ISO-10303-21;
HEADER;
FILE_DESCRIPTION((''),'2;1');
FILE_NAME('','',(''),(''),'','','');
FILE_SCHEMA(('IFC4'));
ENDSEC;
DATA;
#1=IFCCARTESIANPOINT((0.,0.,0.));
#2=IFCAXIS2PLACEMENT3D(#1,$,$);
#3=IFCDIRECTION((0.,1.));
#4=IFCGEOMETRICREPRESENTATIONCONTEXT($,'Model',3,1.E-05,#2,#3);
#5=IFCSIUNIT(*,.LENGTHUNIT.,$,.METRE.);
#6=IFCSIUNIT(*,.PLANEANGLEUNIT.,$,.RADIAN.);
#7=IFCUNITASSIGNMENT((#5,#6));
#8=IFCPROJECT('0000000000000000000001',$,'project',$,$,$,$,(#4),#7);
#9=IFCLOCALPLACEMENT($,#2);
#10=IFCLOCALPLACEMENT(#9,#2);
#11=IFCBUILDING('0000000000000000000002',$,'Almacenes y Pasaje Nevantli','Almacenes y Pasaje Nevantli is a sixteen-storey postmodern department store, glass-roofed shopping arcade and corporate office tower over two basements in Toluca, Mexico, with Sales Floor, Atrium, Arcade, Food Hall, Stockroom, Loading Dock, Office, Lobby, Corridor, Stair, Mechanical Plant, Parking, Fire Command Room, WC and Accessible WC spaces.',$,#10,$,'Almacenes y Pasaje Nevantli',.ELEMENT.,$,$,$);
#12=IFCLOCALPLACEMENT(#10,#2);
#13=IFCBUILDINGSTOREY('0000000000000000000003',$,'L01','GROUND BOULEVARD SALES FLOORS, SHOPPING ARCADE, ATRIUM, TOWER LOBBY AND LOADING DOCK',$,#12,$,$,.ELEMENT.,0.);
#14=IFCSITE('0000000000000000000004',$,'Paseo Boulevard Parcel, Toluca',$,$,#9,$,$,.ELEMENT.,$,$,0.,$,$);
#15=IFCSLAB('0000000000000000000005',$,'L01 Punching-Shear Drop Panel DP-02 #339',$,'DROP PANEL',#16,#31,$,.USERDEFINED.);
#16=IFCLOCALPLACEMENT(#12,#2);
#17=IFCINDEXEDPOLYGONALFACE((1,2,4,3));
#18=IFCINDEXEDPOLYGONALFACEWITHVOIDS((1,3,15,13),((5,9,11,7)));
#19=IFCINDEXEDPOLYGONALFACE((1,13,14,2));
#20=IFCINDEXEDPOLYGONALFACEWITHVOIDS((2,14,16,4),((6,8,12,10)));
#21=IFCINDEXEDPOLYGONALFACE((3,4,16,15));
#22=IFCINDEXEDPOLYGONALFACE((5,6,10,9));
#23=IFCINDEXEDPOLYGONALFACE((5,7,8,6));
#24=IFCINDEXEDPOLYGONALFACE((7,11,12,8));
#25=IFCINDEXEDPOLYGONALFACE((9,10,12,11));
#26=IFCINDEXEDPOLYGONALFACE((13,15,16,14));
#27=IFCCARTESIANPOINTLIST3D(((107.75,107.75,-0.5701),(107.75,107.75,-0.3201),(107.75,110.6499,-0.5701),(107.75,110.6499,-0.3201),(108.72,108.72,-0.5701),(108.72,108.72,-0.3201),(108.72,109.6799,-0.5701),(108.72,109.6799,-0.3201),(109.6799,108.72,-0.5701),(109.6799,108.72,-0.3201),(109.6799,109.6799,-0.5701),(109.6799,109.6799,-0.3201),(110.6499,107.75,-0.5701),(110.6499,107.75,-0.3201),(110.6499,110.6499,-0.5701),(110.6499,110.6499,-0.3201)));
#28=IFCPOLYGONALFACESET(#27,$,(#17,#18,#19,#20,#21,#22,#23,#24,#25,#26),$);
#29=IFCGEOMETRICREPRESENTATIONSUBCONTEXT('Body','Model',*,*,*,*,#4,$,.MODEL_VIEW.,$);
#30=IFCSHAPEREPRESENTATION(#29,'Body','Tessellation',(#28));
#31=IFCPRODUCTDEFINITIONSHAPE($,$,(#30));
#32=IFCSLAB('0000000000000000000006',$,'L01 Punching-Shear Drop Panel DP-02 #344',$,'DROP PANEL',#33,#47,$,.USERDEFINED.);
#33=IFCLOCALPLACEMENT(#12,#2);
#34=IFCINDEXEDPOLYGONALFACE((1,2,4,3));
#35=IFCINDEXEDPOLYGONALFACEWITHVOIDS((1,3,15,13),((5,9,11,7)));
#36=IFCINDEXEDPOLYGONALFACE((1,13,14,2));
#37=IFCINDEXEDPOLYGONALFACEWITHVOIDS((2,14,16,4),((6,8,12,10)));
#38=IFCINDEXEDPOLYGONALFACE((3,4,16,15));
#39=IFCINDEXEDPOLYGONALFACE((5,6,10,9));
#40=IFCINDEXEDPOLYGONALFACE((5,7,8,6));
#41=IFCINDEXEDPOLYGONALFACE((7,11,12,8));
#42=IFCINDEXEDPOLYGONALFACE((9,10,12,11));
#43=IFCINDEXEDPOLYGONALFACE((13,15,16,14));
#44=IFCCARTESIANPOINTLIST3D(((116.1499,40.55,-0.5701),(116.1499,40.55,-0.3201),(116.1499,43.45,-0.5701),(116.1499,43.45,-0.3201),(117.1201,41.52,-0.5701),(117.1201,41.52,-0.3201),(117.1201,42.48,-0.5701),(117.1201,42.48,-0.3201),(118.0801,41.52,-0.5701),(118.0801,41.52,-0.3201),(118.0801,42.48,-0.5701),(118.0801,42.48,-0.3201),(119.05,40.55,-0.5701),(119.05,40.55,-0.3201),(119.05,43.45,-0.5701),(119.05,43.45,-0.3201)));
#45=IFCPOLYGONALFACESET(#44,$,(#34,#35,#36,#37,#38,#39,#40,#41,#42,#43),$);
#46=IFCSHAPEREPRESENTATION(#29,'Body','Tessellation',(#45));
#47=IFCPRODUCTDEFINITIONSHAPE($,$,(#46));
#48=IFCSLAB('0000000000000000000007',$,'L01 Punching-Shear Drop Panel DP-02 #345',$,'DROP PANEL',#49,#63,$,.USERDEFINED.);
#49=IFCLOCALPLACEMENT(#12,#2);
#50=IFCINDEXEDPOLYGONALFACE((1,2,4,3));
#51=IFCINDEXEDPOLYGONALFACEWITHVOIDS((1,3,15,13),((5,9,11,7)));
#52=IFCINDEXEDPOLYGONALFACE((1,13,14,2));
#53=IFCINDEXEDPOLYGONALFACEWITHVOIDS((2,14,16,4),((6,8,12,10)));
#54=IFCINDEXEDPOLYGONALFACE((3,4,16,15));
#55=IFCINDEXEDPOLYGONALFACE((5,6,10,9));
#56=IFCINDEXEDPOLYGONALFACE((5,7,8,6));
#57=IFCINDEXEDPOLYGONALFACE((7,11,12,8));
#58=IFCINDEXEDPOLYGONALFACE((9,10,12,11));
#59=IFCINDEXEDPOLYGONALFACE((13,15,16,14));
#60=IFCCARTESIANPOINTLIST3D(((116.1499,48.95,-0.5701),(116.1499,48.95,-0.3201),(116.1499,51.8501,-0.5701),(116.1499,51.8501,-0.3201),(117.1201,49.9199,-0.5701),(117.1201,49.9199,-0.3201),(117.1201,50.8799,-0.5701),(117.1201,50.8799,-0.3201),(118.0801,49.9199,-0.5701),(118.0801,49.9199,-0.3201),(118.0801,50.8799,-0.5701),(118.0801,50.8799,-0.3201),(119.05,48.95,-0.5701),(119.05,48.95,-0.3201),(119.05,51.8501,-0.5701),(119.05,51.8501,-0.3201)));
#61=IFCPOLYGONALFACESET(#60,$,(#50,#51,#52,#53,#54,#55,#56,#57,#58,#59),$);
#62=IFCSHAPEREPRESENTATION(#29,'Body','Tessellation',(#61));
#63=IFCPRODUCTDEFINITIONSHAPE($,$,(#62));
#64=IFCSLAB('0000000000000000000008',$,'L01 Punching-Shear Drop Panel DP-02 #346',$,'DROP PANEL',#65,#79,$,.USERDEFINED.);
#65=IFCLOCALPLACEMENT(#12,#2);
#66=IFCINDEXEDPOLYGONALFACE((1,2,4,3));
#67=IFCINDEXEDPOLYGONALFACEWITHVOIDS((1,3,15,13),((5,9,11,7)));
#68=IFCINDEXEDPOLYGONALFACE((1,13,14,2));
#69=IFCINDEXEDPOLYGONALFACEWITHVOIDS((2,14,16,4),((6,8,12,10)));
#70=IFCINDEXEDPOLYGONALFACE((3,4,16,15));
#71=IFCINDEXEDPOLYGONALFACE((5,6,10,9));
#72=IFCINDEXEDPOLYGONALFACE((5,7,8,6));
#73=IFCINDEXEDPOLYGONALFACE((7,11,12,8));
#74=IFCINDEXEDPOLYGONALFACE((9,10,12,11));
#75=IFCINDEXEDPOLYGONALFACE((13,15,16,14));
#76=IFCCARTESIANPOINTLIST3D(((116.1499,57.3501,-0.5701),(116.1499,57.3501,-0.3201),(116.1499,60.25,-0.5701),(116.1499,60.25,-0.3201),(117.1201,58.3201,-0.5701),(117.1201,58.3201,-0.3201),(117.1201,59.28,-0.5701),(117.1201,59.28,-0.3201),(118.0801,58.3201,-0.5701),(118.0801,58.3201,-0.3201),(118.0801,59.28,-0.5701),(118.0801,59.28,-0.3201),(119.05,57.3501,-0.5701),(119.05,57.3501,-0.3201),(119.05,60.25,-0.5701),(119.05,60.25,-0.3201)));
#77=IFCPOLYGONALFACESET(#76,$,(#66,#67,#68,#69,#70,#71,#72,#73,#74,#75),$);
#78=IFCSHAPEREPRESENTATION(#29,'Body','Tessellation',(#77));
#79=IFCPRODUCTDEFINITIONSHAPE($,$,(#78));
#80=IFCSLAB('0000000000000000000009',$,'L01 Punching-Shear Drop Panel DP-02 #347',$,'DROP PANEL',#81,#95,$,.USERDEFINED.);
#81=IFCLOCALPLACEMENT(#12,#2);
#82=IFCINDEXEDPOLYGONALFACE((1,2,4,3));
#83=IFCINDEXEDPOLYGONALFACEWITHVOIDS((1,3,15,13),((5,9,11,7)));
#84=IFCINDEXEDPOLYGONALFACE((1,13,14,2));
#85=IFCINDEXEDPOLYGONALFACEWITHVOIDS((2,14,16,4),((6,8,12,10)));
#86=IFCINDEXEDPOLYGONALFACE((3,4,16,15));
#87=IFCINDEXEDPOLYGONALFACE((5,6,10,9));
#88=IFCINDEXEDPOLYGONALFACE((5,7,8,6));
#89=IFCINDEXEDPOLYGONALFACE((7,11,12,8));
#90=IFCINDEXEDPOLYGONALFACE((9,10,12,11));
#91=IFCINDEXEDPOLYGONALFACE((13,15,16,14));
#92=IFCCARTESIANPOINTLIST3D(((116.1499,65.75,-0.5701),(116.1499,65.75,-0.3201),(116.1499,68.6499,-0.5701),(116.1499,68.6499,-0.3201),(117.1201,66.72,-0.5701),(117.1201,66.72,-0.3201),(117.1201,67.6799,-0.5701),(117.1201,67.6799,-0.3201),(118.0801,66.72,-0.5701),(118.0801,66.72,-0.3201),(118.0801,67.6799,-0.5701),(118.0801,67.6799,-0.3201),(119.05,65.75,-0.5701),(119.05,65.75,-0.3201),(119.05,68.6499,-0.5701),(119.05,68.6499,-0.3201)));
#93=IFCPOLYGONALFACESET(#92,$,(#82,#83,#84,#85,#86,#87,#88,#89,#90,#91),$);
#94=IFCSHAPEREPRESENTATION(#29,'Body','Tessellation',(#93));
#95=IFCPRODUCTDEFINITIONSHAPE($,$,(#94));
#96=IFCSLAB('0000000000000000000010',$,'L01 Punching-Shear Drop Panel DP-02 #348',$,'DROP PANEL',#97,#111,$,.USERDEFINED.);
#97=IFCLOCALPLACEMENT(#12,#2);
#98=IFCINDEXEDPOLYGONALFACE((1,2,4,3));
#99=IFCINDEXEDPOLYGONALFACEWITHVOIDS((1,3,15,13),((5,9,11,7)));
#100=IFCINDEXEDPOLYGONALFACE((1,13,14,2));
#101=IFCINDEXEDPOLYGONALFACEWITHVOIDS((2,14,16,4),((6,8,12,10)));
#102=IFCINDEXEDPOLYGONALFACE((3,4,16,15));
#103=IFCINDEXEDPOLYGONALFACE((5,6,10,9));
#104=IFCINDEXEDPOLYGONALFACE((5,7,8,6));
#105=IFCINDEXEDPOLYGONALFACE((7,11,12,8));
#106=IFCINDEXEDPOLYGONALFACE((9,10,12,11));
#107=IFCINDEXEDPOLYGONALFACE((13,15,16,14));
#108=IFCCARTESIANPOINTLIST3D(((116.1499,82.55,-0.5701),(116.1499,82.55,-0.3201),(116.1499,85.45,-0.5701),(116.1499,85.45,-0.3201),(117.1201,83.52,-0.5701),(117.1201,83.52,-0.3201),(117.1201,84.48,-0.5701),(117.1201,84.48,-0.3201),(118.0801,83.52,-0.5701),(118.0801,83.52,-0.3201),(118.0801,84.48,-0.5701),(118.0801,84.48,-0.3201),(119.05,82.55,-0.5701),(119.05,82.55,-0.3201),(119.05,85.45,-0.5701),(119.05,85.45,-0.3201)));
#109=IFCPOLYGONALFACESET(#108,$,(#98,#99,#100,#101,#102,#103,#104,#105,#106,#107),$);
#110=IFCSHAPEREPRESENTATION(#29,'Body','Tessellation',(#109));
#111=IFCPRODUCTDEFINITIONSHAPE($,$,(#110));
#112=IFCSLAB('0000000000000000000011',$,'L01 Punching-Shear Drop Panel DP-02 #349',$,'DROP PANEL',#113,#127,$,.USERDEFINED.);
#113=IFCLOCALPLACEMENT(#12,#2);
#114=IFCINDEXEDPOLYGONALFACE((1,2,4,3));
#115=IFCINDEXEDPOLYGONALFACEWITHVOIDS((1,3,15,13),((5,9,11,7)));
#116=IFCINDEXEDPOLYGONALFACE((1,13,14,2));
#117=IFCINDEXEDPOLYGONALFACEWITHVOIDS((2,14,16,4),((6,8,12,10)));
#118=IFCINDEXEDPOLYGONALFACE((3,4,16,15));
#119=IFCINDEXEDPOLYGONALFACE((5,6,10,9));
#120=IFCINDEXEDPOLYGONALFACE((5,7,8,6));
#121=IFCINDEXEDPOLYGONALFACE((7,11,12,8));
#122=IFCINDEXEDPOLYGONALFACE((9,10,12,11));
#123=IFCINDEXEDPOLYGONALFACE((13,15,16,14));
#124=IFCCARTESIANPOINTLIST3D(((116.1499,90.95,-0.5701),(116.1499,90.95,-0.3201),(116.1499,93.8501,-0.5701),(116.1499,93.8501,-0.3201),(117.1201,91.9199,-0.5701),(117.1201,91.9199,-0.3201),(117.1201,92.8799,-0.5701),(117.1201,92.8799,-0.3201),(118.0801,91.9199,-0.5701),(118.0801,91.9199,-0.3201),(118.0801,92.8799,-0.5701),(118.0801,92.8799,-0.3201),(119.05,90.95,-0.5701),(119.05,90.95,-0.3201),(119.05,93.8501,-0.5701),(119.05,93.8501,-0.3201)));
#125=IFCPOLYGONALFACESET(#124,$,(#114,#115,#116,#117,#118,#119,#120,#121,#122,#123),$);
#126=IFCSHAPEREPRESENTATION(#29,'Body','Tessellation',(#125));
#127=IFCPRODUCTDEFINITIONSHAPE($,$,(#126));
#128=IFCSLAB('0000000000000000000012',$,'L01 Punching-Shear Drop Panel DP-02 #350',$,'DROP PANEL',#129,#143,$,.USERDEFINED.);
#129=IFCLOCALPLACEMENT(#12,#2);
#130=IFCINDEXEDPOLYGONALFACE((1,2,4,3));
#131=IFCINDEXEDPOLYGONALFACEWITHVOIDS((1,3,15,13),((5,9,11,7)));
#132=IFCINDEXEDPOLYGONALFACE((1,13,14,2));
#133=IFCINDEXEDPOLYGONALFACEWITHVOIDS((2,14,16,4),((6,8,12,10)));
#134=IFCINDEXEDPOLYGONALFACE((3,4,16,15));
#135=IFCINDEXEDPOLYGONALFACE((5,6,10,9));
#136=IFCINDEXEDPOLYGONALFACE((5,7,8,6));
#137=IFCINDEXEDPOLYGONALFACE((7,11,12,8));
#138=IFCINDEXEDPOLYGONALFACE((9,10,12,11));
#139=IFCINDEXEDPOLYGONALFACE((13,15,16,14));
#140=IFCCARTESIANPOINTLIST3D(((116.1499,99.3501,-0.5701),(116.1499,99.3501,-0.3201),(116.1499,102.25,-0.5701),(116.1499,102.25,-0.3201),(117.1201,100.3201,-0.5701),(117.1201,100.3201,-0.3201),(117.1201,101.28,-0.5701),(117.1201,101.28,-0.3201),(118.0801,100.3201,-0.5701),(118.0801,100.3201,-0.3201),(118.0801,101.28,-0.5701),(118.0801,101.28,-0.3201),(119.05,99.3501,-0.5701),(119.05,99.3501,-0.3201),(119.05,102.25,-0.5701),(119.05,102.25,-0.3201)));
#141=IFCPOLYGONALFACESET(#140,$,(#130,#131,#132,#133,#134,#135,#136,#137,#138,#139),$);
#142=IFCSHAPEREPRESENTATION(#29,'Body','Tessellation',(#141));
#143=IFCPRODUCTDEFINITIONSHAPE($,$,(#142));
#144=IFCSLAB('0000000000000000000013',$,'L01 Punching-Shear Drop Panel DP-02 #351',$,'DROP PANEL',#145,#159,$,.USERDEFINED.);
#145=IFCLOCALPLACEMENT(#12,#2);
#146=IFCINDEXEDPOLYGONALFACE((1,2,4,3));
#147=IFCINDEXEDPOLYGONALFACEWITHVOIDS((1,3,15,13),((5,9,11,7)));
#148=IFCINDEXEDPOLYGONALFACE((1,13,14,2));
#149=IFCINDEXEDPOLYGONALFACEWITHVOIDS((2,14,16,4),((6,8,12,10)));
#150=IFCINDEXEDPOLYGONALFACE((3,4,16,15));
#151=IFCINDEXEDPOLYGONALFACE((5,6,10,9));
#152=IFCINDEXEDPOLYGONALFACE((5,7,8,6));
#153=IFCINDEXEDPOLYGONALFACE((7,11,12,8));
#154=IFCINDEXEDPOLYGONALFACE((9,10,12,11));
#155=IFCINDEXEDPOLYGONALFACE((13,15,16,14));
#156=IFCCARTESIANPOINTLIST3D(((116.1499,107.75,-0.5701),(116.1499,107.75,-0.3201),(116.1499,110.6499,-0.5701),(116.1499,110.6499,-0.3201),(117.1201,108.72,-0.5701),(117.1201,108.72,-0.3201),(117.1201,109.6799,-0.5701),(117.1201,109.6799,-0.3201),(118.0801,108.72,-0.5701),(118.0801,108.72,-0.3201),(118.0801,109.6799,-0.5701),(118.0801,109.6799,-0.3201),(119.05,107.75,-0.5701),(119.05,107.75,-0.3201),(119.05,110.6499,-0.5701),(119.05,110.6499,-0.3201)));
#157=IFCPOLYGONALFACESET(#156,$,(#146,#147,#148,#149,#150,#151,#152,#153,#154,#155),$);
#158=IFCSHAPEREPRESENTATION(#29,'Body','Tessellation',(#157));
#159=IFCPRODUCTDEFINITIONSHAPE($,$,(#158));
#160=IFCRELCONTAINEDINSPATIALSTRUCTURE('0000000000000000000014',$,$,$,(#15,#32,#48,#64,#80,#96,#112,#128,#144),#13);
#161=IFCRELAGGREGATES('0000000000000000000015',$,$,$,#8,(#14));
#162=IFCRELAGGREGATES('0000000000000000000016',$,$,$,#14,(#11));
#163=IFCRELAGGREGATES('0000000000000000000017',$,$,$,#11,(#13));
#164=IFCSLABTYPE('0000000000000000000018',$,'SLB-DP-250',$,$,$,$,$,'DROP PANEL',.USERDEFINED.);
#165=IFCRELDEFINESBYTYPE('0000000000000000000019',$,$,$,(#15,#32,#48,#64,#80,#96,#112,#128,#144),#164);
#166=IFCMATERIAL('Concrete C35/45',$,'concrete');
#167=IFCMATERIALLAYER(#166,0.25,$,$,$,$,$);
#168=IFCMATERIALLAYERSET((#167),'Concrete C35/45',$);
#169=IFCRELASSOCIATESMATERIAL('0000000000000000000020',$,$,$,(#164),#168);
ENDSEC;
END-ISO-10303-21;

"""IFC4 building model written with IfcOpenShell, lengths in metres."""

from ifc_helpers import new_model, si_unit, direction, frame, origin, place, context, subcontext, project, spatial, polyline, outline, extrude, material, layer, layer_set, type_object, element, save


model = new_model("IFC4")

# Units and contexts
model_context = context("Model", 3, precision=1e-05, world=origin(), true_north=direction((0.0, 1.0)))
body_context = subcontext(model_context, "Body", "Model", "MODEL_VIEW")
ifc_project = project(units=[si_unit("LENGTHUNIT", "METRE"), si_unit("PLANEANGLEUNIT", "RADIAN")], contexts=[model_context])

# Site, building, storey
site_placement = place(None, origin())
site = spatial("IfcSite", under=ifc_project, at=site_placement, Name="Paseo Boulevard Parcel, Toluca", CompositionType="ELEMENT", RefElevation=0.0)
building_placement = place(site_placement, origin())
building = spatial("IfcBuilding", under=site, at=building_placement, Name="Almacenes y Pasaje Nevantli", Description="Almacenes y Pasaje Nevantli is a sixteen-storey postmodern department store, glass-roofed shopping arcade and corporate office tower over two basements in Toluca, Mexico, with Sales Floor, Atrium, Arcade, Food Hall, Stockroom, Loading Dock, Office, Lobby, Corridor, Stair, Mechanical Plant, Parking, Fire Command Room, WC and Accessible WC spaces.", LongName="Almacenes y Pasaje Nevantli", CompositionType="ELEMENT")
storey_placement = place(building_placement, origin())
storey = spatial("IfcBuildingStorey", under=building, at=storey_placement, Name="L01", Description="GROUND BOULEVARD SALES FLOORS, SHOPPING ARCADE, ATRIUM, TOWER LOBBY AND LOADING DOCK", CompositionType="ELEMENT", Elevation=0.0)

# Slabs
ifc_material = material(Name="Concrete C35/45", Category="concrete")
ifc_layer = layer(ifc_material, 0.25)
ifc_layer_set = layer_set([ifc_layer], Name="Concrete C35/45")
slab_type = type_object("IfcSlabType", Name="SLB-DP-250", ElementType="DROP PANEL", PredefinedType="USERDEFINED", material=ifc_layer_set)
slab_1_placement = place(storey_placement, frame((0.0, 0.0, -0.5701)))
element("IfcSlab", 1, at=slab_1_placement, inside=storey, type_object=slab_type, Name="L01 Punching-Shear Drop Panel DP-02 #339", ObjectType="DROP PANEL", PredefinedType="USERDEFINED", context=body_context, shape_type="SweptSolid", body=[
    extrude(outline(polyline([(107.75, 107.75), (110.6499, 107.75), (110.6499, 110.6499), (107.75, 110.6499), (107.75, 107.75)]), holes=[polyline([(108.72, 108.72), (109.6799, 108.72), (109.6799, 109.6799), (108.72, 109.6799), (108.72, 108.72)])]), origin(), (0.0, 0.0, 1.0), 0.25),
])
slab_2_placement = place(storey_placement, frame((0.0, 0.0, -0.5701)))
element("IfcSlab", 2, at=slab_2_placement, inside=storey, type_object=slab_type, Name="L01 Punching-Shear Drop Panel DP-02 #344", ObjectType="DROP PANEL", PredefinedType="USERDEFINED", context=body_context, shape_type="SweptSolid", body=[
    extrude(outline(polyline([(116.1499, 40.55), (119.05, 40.55), (119.05, 43.45), (116.1499, 43.45), (116.1499, 40.55)]), holes=[polyline([(117.1201, 41.52), (118.0801, 41.52), (118.0801, 42.48), (117.1201, 42.48), (117.1201, 41.52)])]), origin(), (0.0, 0.0, 1.0), 0.25),
])
slab_3_placement = place(storey_placement, frame((0.0, 0.0, -0.5701)))
element("IfcSlab", 3, at=slab_3_placement, inside=storey, type_object=slab_type, Name="L01 Punching-Shear Drop Panel DP-02 #345", ObjectType="DROP PANEL", PredefinedType="USERDEFINED", context=body_context, shape_type="SweptSolid", body=[
    extrude(outline(polyline([(116.1499, 48.95), (119.05, 48.95), (119.05, 51.8501), (116.1499, 51.8501), (116.1499, 48.95)]), holes=[polyline([(117.1201, 49.9199), (118.0801, 49.9199), (118.0801, 50.8799), (117.1201, 50.8799), (117.1201, 49.9199)])]), origin(), (0.0, 0.0, 1.0), 0.25),
])
slab_4_placement = place(storey_placement, frame((0.0, 0.0, -0.5701)))
element("IfcSlab", 4, at=slab_4_placement, inside=storey, type_object=slab_type, Name="L01 Punching-Shear Drop Panel DP-02 #346", ObjectType="DROP PANEL", PredefinedType="USERDEFINED", context=body_context, shape_type="SweptSolid", body=[
    extrude(outline(polyline([(116.1499, 57.3501), (119.05, 57.3501), (119.05, 60.25), (116.1499, 60.25), (116.1499, 57.3501)]), holes=[polyline([(117.1201, 58.3201), (118.0801, 58.3201), (118.0801, 59.28), (117.1201, 59.28), (117.1201, 58.3201)])]), origin(), (0.0, 0.0, 1.0), 0.25),
])
slab_5_placement = place(storey_placement, frame((0.0, 0.0, -0.5701)))
element("IfcSlab", 5, at=slab_5_placement, inside=storey, type_object=slab_type, Name="L01 Punching-Shear Drop Panel DP-02 #347", ObjectType="DROP PANEL", PredefinedType="USERDEFINED", context=body_context, shape_type="SweptSolid", body=[
    extrude(outline(polyline([(116.1499, 65.75), (119.05, 65.75), (119.05, 68.6499), (116.1499, 68.6499), (116.1499, 65.75)]), holes=[polyline([(117.1201, 66.72), (118.0801, 66.72), (118.0801, 67.6799), (117.1201, 67.6799), (117.1201, 66.72)])]), origin(), (0.0, 0.0, 1.0), 0.25),
])
slab_6_placement = place(storey_placement, frame((0.0, 0.0, -0.5701)))
element("IfcSlab", 6, at=slab_6_placement, inside=storey, type_object=slab_type, Name="L01 Punching-Shear Drop Panel DP-02 #348", ObjectType="DROP PANEL", PredefinedType="USERDEFINED", context=body_context, shape_type="SweptSolid", body=[
    extrude(outline(polyline([(116.1499, 82.55), (119.05, 82.55), (119.05, 85.45), (116.1499, 85.45), (116.1499, 82.55)]), holes=[polyline([(117.1201, 83.52), (118.0801, 83.52), (118.0801, 84.48), (117.1201, 84.48), (117.1201, 83.52)])]), origin(), (0.0, 0.0, 1.0), 0.25),
])
slab_7_placement = place(storey_placement, frame((0.0, 0.0, -0.5701)))
element("IfcSlab", 7, at=slab_7_placement, inside=storey, type_object=slab_type, Name="L01 Punching-Shear Drop Panel DP-02 #349", ObjectType="DROP PANEL", PredefinedType="USERDEFINED", context=body_context, shape_type="SweptSolid", body=[
    extrude(outline(polyline([(116.1499, 90.95), (119.05, 90.95), (119.05, 93.8501), (116.1499, 93.8501), (116.1499, 90.95)]), holes=[polyline([(117.1201, 91.9199), (118.0801, 91.9199), (118.0801, 92.8799), (117.1201, 92.8799), (117.1201, 91.9199)])]), origin(), (0.0, 0.0, 1.0), 0.25),
])
slab_8_placement = place(storey_placement, frame((0.0, 0.0, -0.5701)))
element("IfcSlab", 8, at=slab_8_placement, inside=storey, type_object=slab_type, Name="L01 Punching-Shear Drop Panel DP-02 #350", ObjectType="DROP PANEL", PredefinedType="USERDEFINED", context=body_context, shape_type="SweptSolid", body=[
    extrude(outline(polyline([(116.1499, 99.3501), (119.05, 99.3501), (119.05, 102.25), (116.1499, 102.25), (116.1499, 99.3501)]), holes=[polyline([(117.1201, 100.3201), (118.0801, 100.3201), (118.0801, 101.28), (117.1201, 101.28), (117.1201, 100.3201)])]), origin(), (0.0, 0.0, 1.0), 0.25),
])
slab_9_placement = place(storey_placement, frame((0.0, 0.0, -0.5701)))
element("IfcSlab", 9, at=slab_9_placement, inside=storey, type_object=slab_type, Name="L01 Punching-Shear Drop Panel DP-02 #351", ObjectType="DROP PANEL", PredefinedType="USERDEFINED", context=body_context, shape_type="SweptSolid", body=[
    extrude(outline(polyline([(116.1499, 107.75), (119.05, 107.75), (119.05, 110.6499), (116.1499, 110.6499), (116.1499, 107.75)]), holes=[polyline([(117.1201, 108.72), (118.0801, 108.72), (118.0801, 109.6799), (117.1201, 109.6799), (117.1201, 108.72)])]), origin(), (0.0, 0.0, 1.0), 0.25),
])

save(model, "model.ifc")
